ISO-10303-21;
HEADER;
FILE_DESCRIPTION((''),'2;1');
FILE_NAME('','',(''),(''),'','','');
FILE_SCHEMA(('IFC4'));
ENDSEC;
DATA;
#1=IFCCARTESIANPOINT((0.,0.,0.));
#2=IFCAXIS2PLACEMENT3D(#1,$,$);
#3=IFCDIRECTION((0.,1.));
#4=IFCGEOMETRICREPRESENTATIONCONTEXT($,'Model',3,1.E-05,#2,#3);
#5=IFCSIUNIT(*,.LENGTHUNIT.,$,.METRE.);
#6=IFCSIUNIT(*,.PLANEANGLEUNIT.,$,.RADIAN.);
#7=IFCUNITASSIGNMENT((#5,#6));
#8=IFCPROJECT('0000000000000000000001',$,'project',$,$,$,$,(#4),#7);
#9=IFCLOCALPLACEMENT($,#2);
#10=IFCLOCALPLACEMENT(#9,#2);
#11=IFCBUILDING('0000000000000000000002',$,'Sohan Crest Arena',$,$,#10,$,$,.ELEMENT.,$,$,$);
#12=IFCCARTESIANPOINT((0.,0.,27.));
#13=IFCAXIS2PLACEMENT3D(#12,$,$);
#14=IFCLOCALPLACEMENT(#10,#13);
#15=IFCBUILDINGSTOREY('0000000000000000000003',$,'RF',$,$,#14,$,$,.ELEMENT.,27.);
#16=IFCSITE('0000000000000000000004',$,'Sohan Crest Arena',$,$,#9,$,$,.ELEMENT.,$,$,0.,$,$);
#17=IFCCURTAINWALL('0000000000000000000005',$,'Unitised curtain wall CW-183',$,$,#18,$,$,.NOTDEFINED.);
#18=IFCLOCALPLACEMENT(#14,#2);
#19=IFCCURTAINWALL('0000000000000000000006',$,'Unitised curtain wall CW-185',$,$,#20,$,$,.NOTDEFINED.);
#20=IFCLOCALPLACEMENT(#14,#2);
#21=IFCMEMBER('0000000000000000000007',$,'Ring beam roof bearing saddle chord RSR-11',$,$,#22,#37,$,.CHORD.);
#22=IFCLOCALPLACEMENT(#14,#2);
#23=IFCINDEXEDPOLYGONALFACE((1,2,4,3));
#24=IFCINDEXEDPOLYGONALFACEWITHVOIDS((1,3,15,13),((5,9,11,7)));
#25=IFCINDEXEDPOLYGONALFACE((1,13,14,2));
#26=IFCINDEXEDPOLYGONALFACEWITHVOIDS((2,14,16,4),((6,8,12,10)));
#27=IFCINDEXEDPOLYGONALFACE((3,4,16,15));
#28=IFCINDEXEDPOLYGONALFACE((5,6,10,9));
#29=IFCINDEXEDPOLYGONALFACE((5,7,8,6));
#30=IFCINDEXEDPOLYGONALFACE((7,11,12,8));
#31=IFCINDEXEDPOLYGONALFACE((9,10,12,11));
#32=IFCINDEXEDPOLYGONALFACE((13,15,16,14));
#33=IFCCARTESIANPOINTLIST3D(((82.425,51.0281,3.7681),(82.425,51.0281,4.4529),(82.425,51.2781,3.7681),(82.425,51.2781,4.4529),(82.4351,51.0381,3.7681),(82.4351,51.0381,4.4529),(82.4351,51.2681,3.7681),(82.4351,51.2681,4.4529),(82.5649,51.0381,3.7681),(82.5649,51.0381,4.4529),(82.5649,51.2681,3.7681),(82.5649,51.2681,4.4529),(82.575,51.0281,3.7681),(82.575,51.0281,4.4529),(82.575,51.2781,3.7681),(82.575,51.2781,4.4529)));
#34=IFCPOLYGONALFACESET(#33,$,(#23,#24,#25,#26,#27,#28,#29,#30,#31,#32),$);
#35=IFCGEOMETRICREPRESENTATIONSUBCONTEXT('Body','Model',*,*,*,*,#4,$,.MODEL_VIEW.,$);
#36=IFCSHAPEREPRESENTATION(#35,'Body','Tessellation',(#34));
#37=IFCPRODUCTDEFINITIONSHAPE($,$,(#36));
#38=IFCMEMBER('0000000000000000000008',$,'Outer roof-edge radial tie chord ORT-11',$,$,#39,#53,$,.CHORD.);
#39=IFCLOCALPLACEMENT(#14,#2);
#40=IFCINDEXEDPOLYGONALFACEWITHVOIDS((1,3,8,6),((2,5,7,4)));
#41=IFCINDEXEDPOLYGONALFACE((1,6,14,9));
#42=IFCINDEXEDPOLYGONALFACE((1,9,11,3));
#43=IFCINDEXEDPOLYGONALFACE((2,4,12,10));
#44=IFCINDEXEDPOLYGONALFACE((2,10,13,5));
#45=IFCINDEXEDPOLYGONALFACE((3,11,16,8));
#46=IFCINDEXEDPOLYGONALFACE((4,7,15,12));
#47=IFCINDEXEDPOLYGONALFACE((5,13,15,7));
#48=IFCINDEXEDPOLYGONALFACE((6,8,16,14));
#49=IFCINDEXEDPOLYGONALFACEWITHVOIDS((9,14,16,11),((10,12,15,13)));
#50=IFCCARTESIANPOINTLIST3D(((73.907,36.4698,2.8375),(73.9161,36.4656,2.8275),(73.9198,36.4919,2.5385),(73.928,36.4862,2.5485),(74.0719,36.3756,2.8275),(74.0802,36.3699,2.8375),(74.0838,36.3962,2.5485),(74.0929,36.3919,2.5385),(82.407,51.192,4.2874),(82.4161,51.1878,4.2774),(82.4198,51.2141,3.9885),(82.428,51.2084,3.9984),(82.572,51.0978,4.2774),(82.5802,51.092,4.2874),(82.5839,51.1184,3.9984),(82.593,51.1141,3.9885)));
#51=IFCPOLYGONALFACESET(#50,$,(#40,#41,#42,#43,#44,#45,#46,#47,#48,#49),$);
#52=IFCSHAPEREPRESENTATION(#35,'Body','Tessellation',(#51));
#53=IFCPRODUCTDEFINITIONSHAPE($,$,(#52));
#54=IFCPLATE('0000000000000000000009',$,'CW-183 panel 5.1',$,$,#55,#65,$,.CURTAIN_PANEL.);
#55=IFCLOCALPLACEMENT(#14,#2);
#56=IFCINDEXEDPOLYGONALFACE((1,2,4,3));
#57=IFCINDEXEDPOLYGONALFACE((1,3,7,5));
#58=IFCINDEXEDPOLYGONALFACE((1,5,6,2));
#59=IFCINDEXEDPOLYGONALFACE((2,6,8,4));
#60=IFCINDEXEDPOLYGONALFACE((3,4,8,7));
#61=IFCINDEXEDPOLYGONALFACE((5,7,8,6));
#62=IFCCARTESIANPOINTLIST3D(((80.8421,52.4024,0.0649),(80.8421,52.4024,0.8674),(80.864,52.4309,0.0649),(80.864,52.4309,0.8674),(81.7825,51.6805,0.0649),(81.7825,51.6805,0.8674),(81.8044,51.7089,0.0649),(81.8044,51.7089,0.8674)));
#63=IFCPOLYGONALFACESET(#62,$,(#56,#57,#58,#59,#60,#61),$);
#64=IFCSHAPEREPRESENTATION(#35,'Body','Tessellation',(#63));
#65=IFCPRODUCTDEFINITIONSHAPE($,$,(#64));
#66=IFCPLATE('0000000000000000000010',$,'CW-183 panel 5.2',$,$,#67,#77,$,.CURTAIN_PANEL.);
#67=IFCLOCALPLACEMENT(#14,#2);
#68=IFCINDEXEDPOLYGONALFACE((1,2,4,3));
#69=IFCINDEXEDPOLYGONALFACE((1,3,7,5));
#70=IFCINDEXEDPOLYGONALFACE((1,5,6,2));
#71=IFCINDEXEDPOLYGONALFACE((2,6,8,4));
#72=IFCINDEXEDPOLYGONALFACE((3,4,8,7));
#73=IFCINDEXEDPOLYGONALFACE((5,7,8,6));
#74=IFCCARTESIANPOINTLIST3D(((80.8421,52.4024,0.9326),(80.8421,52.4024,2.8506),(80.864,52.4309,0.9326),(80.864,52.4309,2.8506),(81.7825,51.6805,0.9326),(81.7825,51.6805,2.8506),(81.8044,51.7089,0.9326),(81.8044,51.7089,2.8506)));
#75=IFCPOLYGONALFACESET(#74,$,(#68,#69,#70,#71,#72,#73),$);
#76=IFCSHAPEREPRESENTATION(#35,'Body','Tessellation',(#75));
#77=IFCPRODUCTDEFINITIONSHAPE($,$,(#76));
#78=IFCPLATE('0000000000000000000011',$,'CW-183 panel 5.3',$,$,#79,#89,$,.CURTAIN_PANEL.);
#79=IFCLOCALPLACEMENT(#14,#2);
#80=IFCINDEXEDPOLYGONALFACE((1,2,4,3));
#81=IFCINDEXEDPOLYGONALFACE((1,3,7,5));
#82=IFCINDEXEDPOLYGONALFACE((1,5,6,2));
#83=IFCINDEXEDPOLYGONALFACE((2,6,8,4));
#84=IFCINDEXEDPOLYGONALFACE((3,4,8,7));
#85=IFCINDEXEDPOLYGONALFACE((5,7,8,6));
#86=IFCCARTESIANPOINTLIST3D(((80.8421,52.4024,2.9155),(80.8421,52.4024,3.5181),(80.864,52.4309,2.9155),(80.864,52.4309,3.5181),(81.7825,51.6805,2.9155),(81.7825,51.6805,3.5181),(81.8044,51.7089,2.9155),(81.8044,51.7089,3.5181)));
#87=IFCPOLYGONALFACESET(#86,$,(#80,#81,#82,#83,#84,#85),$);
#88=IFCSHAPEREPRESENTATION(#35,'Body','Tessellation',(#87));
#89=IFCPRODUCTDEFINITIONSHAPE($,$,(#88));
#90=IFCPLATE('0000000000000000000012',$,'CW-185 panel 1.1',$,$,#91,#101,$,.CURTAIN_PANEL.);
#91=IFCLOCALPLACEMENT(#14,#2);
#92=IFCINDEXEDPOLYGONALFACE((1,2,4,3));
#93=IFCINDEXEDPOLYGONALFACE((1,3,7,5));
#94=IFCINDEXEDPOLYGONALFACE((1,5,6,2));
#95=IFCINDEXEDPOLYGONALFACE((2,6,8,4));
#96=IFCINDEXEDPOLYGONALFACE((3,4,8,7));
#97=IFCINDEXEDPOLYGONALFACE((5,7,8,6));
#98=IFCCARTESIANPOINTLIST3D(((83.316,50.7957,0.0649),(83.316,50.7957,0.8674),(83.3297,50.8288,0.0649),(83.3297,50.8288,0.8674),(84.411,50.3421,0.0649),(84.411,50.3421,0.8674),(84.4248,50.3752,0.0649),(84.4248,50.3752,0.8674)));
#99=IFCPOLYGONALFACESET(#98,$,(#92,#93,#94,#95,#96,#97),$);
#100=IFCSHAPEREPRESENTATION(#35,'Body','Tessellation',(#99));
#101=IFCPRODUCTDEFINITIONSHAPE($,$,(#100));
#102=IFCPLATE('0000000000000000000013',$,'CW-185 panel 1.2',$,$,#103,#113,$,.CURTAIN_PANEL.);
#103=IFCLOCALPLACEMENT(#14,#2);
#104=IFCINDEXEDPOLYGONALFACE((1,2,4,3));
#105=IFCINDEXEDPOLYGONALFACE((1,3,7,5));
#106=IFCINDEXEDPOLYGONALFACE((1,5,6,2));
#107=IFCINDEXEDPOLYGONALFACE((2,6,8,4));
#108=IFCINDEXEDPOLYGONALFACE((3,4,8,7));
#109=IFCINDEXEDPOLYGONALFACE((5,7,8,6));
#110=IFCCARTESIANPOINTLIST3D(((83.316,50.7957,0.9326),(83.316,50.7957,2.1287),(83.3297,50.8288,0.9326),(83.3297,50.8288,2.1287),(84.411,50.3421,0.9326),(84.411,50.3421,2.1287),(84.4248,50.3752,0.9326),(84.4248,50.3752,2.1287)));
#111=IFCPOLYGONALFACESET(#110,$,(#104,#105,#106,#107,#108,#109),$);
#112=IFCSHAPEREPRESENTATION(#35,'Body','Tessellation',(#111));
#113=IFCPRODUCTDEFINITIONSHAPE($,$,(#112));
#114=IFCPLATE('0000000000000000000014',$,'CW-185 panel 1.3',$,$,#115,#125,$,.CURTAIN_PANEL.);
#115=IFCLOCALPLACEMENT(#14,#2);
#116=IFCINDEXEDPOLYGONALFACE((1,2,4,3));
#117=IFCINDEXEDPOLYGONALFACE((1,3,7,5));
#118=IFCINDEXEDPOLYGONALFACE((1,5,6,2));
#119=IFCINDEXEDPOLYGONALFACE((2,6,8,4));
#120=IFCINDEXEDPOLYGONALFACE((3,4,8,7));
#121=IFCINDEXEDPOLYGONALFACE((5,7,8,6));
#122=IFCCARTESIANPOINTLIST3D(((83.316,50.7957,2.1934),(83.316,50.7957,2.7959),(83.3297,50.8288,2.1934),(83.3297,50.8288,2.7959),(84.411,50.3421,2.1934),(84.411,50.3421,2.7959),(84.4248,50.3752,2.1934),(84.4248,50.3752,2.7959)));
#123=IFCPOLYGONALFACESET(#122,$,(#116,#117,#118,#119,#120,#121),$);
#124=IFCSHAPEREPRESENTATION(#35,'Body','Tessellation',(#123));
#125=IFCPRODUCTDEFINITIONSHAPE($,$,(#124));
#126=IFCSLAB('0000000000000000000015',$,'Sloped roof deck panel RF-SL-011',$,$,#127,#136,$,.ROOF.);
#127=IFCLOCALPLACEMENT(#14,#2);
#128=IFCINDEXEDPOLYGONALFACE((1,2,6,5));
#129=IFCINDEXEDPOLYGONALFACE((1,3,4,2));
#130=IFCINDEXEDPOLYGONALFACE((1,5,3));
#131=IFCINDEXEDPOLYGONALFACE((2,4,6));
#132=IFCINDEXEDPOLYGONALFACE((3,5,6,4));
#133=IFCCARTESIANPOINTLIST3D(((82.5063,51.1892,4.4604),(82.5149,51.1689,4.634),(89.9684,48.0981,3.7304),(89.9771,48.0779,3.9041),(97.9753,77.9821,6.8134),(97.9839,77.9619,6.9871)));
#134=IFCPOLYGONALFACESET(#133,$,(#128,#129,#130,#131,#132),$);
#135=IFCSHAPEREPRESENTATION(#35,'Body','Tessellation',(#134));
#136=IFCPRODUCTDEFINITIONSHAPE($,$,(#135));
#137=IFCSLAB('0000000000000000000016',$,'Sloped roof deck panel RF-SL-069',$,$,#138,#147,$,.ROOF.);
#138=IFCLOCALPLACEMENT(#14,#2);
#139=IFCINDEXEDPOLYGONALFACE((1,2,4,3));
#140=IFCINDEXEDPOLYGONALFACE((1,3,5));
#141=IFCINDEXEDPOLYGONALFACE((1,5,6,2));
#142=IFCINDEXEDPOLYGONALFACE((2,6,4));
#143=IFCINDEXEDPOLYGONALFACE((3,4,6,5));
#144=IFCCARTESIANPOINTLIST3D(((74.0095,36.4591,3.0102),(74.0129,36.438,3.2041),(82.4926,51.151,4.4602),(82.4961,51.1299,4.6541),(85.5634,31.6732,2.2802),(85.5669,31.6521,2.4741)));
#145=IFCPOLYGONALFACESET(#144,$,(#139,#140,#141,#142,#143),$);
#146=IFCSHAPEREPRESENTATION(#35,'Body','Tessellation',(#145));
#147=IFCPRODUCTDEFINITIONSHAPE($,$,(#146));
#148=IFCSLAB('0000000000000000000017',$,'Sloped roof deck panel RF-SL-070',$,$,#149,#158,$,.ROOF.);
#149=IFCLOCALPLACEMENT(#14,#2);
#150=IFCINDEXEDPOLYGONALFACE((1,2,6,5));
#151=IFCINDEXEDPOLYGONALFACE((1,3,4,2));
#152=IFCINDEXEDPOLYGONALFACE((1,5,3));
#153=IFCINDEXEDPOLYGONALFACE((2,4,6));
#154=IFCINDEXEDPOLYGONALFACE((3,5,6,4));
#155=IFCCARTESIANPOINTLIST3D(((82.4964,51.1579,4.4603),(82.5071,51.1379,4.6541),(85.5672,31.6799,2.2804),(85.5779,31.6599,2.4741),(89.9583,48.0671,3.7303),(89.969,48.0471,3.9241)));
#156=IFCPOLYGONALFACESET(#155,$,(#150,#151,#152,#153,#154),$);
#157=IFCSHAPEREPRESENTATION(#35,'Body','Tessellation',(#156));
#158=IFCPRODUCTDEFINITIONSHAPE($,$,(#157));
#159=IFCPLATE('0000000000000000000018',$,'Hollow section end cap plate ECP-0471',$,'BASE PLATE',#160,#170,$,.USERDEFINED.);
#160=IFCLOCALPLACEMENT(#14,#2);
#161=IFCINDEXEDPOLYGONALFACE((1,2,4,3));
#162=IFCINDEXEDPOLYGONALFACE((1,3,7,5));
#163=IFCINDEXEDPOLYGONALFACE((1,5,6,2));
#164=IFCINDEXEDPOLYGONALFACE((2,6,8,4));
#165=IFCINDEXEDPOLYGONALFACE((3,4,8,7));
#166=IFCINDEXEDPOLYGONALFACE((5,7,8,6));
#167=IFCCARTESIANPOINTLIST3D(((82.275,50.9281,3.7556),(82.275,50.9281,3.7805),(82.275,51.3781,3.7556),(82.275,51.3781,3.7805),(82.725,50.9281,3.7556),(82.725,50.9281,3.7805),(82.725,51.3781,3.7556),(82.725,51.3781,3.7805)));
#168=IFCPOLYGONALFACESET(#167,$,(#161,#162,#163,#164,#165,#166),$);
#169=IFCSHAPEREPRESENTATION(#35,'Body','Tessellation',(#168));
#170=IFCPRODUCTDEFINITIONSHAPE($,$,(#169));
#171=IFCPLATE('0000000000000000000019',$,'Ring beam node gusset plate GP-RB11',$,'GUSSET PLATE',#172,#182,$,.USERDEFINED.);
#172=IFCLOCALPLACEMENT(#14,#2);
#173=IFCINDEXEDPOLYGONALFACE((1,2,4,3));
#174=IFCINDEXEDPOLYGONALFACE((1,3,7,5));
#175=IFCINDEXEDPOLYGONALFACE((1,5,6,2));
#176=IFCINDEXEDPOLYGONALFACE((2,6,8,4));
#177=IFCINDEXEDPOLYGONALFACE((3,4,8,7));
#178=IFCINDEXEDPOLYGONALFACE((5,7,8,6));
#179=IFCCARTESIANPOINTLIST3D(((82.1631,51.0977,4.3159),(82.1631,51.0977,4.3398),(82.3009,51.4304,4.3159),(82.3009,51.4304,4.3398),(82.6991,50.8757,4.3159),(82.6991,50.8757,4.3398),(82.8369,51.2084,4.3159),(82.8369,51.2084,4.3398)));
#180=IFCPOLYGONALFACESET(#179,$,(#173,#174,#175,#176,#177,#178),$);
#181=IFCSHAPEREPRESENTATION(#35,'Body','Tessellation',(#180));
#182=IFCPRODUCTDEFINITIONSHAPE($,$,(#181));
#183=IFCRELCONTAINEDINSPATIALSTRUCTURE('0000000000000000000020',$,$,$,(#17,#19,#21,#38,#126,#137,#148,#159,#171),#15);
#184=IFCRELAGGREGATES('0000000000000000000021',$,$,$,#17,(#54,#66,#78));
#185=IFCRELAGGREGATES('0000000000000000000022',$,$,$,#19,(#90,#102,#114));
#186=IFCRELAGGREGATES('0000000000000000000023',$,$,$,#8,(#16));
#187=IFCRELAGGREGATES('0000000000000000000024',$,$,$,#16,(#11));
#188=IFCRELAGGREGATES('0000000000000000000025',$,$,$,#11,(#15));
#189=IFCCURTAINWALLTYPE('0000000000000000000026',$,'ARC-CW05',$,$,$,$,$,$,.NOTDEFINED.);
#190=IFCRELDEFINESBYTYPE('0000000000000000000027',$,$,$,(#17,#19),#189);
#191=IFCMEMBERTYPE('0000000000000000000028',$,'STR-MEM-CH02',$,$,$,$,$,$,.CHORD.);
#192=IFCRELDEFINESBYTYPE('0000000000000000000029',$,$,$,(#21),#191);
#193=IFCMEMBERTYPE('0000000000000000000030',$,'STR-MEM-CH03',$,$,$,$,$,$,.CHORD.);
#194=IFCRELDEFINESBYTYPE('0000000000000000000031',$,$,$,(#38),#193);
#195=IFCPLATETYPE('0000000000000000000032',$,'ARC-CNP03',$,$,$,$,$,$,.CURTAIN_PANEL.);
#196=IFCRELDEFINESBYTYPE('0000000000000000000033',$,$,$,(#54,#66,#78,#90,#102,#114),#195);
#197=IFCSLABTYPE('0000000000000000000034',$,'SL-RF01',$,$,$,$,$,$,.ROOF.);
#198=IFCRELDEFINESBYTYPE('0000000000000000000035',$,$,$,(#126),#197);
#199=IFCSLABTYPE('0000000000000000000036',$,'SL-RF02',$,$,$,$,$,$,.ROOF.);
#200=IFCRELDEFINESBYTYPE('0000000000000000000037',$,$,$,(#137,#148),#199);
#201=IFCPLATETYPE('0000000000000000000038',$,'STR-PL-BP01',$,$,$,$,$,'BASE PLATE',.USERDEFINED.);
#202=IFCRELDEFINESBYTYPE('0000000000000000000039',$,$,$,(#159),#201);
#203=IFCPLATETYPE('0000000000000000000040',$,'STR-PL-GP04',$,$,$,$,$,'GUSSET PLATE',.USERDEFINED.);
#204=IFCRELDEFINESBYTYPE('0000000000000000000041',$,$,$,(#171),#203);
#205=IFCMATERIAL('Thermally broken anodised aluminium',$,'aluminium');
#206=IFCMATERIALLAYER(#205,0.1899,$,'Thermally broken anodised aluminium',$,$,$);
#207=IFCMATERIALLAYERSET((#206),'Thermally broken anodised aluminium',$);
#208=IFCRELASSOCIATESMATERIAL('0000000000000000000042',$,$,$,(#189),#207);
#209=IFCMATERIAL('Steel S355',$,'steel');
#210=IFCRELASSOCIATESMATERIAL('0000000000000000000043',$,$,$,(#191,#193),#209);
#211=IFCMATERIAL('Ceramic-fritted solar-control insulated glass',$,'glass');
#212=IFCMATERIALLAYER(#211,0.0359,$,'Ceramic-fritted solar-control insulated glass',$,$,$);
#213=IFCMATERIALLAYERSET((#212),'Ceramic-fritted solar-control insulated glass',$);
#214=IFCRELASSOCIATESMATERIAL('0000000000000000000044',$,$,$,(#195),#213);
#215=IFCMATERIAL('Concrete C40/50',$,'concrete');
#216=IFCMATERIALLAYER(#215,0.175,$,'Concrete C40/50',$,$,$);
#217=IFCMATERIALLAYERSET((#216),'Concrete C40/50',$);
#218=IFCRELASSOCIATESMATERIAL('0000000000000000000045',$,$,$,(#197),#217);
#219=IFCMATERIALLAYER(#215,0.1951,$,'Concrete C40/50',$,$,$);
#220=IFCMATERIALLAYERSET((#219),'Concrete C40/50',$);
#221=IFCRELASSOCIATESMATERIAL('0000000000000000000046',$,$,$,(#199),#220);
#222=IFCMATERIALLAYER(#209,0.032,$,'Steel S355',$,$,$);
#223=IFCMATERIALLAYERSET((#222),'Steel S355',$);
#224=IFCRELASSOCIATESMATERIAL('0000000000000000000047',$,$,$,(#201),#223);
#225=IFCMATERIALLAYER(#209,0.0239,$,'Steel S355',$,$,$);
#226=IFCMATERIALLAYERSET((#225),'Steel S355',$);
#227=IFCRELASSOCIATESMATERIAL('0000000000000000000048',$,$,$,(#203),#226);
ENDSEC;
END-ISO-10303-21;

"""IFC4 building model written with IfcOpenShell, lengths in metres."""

from ifc_helpers import new_model, si_unit, direction, frame, origin, origin_2d, place, context, subcontext, project, spatial, polyline, rectangle, hollow_rectangle, outline, extrude, material, layer, layer_set, material_profile, profile_set, type_object, element, aggregate, save


model = new_model("IFC4")

# Units and contexts
model_context = context("Model", 3, precision=1e-05, world=origin(), true_north=direction((0.0, 1.0)))
body_context = subcontext(model_context, "Body", "Model", "MODEL_VIEW")
ifc_project = project(units=[si_unit("LENGTHUNIT", "METRE"), si_unit("PLANEANGLEUNIT", "RADIAN")], contexts=[model_context])

# Site, building, storey
site_placement = place(None, origin())
site = spatial("IfcSite", under=ifc_project, at=site_placement, Name="Sohan Crest Arena", CompositionType="ELEMENT", RefElevation=0.0)
building_placement = place(site_placement, origin())
building = spatial("IfcBuilding", under=site, at=building_placement, Name="Sohan Crest Arena", CompositionType="ELEMENT")
storey_placement = place(building_placement, frame((0.0, 0.0, 27.0)))
storey = spatial("IfcBuildingStorey", under=building, at=storey_placement, Name="RF", CompositionType="ELEMENT", Elevation=27.0)

# Shared definitions
ifc_material_1 = material(Name="Concrete C40/50", Category="concrete")

# Curtain wall
ifc_material_2 = material(Name="Thermally broken anodised aluminium", Category="aluminium")
ifc_layer_1 = layer(ifc_material_2, 0.1899, Name="Thermally broken anodised aluminium")
ifc_layer_set_1 = layer_set([ifc_layer_1], Name="Thermally broken anodised aluminium")
curtain_wall_type = type_object("IfcCurtainWallType", Name="ARC-CW05", PredefinedType="NOTDEFINED", material=ifc_layer_set_1)
curtain_wall_1_placement = place(storey_placement, origin())
curtain_wall_1 = element("IfcCurtainWall", 1, at=curtain_wall_1_placement, inside=storey, type_object=curtain_wall_type, Name="Unitised curtain wall CW-183", PredefinedType="NOTDEFINED")

# Curtain wall
curtain_wall_2_placement = place(storey_placement, origin())
curtain_wall_2 = element("IfcCurtainWall", 2, at=curtain_wall_2_placement, inside=storey, type_object=curtain_wall_type, Name="Unitised curtain wall CW-185", PredefinedType="NOTDEFINED")

# Shared definitions
ifc_material_3 = material(Name="Steel S355", Category="steel")

# Members
ifc_material_profile_1 = material_profile(ifc_material_3, hollow_rectangle(XDim=0.1499, YDim=0.25, WallThickness=0.01, at=origin_2d()), Name="RHS 250x150x10")
ifc_profile_set_1 = profile_set([ifc_material_profile_1], Name="Steel S355")
member_type_1 = type_object("IfcMemberType", Name="STR-MEM-CH02", PredefinedType="CHORD", material=ifc_profile_set_1)
member_1_placement = place(storey_placement, frame((82.5, 51.1531, 3.7681), z_axis=(0.0, 0.0, 1.0), x_axis=(1.0, 0.0, 0.0)))
element("IfcMember", 3, at=member_1_placement, inside=storey, type_object=member_type_1, Name="Ring beam roof bearing saddle chord RSR-11", PredefinedType="CHORD", context=body_context, shape_type="SweptSolid", body=[
    extrude(hollow_rectangle(XDim=0.1499, YDim=0.25, WallThickness=0.01, at=origin_2d()), origin(), (0.0, 0.0, 1.0), 0.6848),
])
ifc_material_profile_2 = material_profile(ifc_material_3, hollow_rectangle(XDim=0.2, YDim=0.3, WallThickness=0.01, at=origin_2d()), Name="RHS 300x200x10")
ifc_profile_set_2 = profile_set([ifc_material_profile_2], Name="Steel S355")
member_type_2 = type_object("IfcMemberType", Name="STR-MEM-CH03", PredefinedType="CHORD", material=ifc_profile_set_2)
member_2_placement = place(storey_placement, frame((82.5, 51.1531, 4.1379), z_axis=(-0.498198, -0.862889, -0.084984), x_axis=(0.866022, -0.500007, 0.0)))
element("IfcMember", 4, at=member_2_placement, inside=storey, type_object=member_type_2, Name="Outer roof-edge radial tie chord ORT-11", PredefinedType="CHORD", context=body_context, shape_type="SweptSolid", body=[
    extrude(hollow_rectangle(XDim=0.2, YDim=0.3, WallThickness=0.01, at=origin_2d()), origin(), (0.0, 0.0, 1.0), 17.0615),
])

# Plates
ifc_material_4 = material(Name="Ceramic-fritted solar-control insulated glass", Category="glass")
ifc_layer_2 = layer(ifc_material_4, 0.0359, Name="Ceramic-fritted solar-control insulated glass")
ifc_layer_set_2 = layer_set([ifc_layer_2], Name="Ceramic-fritted solar-control insulated glass")
plate_type_1 = type_object("IfcPlateType", Name="ARC-CNP03", PredefinedType="CURTAIN_PANEL", material=ifc_layer_set_2)
plate_1_placement = place(storey_placement, frame((81.3232, 52.0557, 0.0649), z_axis=(0.0, 0.0, 1.0), x_axis=(0.793217, -0.608939, 0.0)))
plate_1 = element("IfcPlate", 5, at=plate_1_placement, type_object=plate_type_1, Name="CW-183 panel 5.1", PredefinedType="CURTAIN_PANEL", context=body_context, shape_type="SweptSolid", body=[
    extrude(rectangle(XDim=1.1855, YDim=0.0359, at=origin_2d()), origin(), (0.0, 0.0, 1.0), 0.8025),
])
plate_2_placement = place(storey_placement, frame((81.3232, 52.0557, 0.9326), z_axis=(0.0, 0.0, 1.0), x_axis=(0.793217, -0.608939, 0.0)))
plate_2 = element("IfcPlate", 6, at=plate_2_placement, type_object=plate_type_1, Name="CW-183 panel 5.2", PredefinedType="CURTAIN_PANEL", context=body_context, shape_type="SweptSolid", body=[
    extrude(rectangle(XDim=1.1855, YDim=0.0359, at=origin_2d()), origin(), (0.0, 0.0, 1.0), 1.918),
])
plate_3_placement = place(storey_placement, frame((81.3232, 52.0557, 2.9155), z_axis=(0.0, 0.0, 1.0), x_axis=(0.793217, -0.608939, 0.0)))
plate_3 = element("IfcPlate", 7, at=plate_3_placement, type_object=plate_type_1, Name="CW-183 panel 5.3", PredefinedType="CURTAIN_PANEL", context=body_context, shape_type="SweptSolid", body=[
    extrude(rectangle(XDim=1.1855, YDim=0.0359, at=origin_2d()), origin(), (0.0, 0.0, 1.0), 0.6025),
])
aggregate(curtain_wall_1, [plate_1, plate_2, plate_3])
plate_4_placement = place(storey_placement, frame((83.8704, 50.5854, 0.0649), z_axis=(0.0, 0.0, 1.0), x_axis=(0.923886, -0.382667, 0.0)))
plate_4 = element("IfcPlate", 8, at=plate_4_placement, type_object=plate_type_1, Name="CW-185 panel 1.1", PredefinedType="CURTAIN_PANEL", context=body_context, shape_type="SweptSolid", body=[
    extrude(rectangle(XDim=1.1853, YDim=0.0359, at=origin_2d()), origin(), (0.0, 0.0, 1.0), 0.8025),
])
plate_5_placement = place(storey_placement, frame((83.8704, 50.5854, 0.9326), z_axis=(0.0, 0.0, 1.0), x_axis=(0.923886, -0.382667, 0.0)))
plate_5 = element("IfcPlate", 9, at=plate_5_placement, type_object=plate_type_1, Name="CW-185 panel 1.2", PredefinedType="CURTAIN_PANEL", context=body_context, shape_type="SweptSolid", body=[
    extrude(rectangle(XDim=1.1853, YDim=0.0359, at=origin_2d()), origin(), (0.0, 0.0, 1.0), 1.196),
])
plate_6_placement = place(storey_placement, frame((83.8704, 50.5854, 2.1934), z_axis=(0.0, 0.0, 1.0), x_axis=(0.923886, -0.382667, 0.0)))
plate_6 = element("IfcPlate", 10, at=plate_6_placement, type_object=plate_type_1, Name="CW-185 panel 1.3", PredefinedType="CURTAIN_PANEL", context=body_context, shape_type="SweptSolid", body=[
    extrude(rectangle(XDim=1.1853, YDim=0.0359, at=origin_2d()), origin(), (0.0, 0.0, 1.0), 0.6025),
])
aggregate(curtain_wall_2, [plate_4, plate_5, plate_6])

# Slabs
ifc_layer_3 = layer(ifc_material_1, 0.175, Name="Concrete C40/50")
ifc_layer_set_3 = layer_set([ifc_layer_3], Name="Concrete C40/50")
slab_type_1 = type_object("IfcSlabType", Name="SL-RF01", PredefinedType="ROOF", material=ifc_layer_set_3)
slab_1_placement = place(storey_placement, frame((82.5149, 51.1689, 4.634), z_axis=(0.049194, -0.11553, 0.992085), x_axis=(0.920123, -0.381145, -0.09001)))
element("IfcSlab", 11, at=slab_1_placement, inside=storey, type_object=slab_type_1, Name="Sloped roof deck panel RF-SL-011", PredefinedType="ROOF", context=body_context, shape_type="SweptSolid", body=[
    extrude(outline(polyline([(0.0, 0.0), (8.11, 0.0), (3.8096, 30.7925), (0.0, 0.0)])), origin(), (0.0, 0.0, -1.0), 0.175),
])
ifc_layer_4 = layer(ifc_material_1, 0.1951, Name="Concrete C40/50")
ifc_layer_set_4 = layer_set([ifc_layer_4], Name="Concrete C40/50")
slab_type_2 = type_object("IfcSlabType", Name="SL-RF02", PredefinedType="ROOF", material=ifc_layer_set_4)
slab_2_placement = place(storey_placement, frame((82.4961, 51.1299, 4.6541), z_axis=(0.017887, -0.108421, 0.993944), x_axis=(-0.498218, -0.86286, -0.085156)))
element("IfcSlab", 12, at=slab_2_placement, inside=storey, type_object=slab_type_2, Name="Sloped roof deck panel RF-SL-069", PredefinedType="ROOF", context=body_context, shape_type="SweptSolid", body=[
    extrude(outline(polyline([(0.0, 0.0), (17.027, 0.0), (15.4623, 12.4291), (0.0, 0.0)])), origin(), (0.0, 0.0, -1.0), 0.1951),
])
slab_3_placement = place(storey_placement, frame((82.5071, 51.1379, 4.6541), z_axis=(0.054693, -0.102537, 0.993225), x_axis=(0.154788, -0.981818, -0.109883)))
element("IfcSlab", 13, at=slab_3_placement, inside=storey, type_object=slab_type_2, Name="Sloped roof deck panel RF-SL-070", PredefinedType="ROOF", context=body_context, shape_type="SweptSolid", body=[
    extrude(outline(polyline([(0.0, 0.0), (19.8387, 0.0), (4.2699, 6.8945), (0.0, 0.0)])), origin(), (0.0, 0.0, -1.0), 0.1951),
])

# Plates
ifc_layer_5 = layer(ifc_material_3, 0.032, Name="Steel S355")
ifc_layer_set_5 = layer_set([ifc_layer_5], Name="Steel S355")
plate_type_2 = type_object("IfcPlateType", Name="STR-PL-BP01", ElementType="BASE PLATE", PredefinedType="USERDEFINED", material=ifc_layer_set_5)
plate_7_placement = place(storey_placement, frame((82.5, 51.1531, 3.7556), z_axis=(0.0, 0.0, 1.0), x_axis=(1.0, 0.0, 0.0)))
element("IfcPlate", 14, at=plate_7_placement, inside=storey, type_object=plate_type_2, Name="Hollow section end cap plate ECP-0471", ObjectType="BASE PLATE", PredefinedType="USERDEFINED", context=body_context, shape_type="SweptSolid", body=[
    extrude(rectangle(XDim=0.45, YDim=0.45, at=origin_2d()), origin(), (0.0, 0.0, 1.0), 0.0249),
])
ifc_layer_6 = layer(ifc_material_3, 0.0239, Name="Steel S355")
ifc_layer_set_6 = layer_set([ifc_layer_6], Name="Steel S355")
plate_type_3 = type_object("IfcPlateType", Name="STR-PL-GP04", ElementType="GUSSET PLATE", PredefinedType="USERDEFINED", material=ifc_layer_set_6)
plate_8_placement = place(storey_placement, frame((82.5, 51.1531, 4.3159), z_axis=(0.0, 0.0, 1.0), x_axis=(-0.92388, 0.382683, 0.0)))
element("IfcPlate", 15, at=plate_8_placement, inside=storey, type_object=plate_type_3, Name="Ring beam node gusset plate GP-RB11", ObjectType="GUSSET PLATE", PredefinedType="USERDEFINED", context=body_context, shape_type="SweptSolid", body=[
    extrude(rectangle(XDim=0.5801, YDim=0.3601, at=origin_2d()), origin(), (0.0, 0.0, 1.0), 0.0239),
])

save(model, "model.ifc")
